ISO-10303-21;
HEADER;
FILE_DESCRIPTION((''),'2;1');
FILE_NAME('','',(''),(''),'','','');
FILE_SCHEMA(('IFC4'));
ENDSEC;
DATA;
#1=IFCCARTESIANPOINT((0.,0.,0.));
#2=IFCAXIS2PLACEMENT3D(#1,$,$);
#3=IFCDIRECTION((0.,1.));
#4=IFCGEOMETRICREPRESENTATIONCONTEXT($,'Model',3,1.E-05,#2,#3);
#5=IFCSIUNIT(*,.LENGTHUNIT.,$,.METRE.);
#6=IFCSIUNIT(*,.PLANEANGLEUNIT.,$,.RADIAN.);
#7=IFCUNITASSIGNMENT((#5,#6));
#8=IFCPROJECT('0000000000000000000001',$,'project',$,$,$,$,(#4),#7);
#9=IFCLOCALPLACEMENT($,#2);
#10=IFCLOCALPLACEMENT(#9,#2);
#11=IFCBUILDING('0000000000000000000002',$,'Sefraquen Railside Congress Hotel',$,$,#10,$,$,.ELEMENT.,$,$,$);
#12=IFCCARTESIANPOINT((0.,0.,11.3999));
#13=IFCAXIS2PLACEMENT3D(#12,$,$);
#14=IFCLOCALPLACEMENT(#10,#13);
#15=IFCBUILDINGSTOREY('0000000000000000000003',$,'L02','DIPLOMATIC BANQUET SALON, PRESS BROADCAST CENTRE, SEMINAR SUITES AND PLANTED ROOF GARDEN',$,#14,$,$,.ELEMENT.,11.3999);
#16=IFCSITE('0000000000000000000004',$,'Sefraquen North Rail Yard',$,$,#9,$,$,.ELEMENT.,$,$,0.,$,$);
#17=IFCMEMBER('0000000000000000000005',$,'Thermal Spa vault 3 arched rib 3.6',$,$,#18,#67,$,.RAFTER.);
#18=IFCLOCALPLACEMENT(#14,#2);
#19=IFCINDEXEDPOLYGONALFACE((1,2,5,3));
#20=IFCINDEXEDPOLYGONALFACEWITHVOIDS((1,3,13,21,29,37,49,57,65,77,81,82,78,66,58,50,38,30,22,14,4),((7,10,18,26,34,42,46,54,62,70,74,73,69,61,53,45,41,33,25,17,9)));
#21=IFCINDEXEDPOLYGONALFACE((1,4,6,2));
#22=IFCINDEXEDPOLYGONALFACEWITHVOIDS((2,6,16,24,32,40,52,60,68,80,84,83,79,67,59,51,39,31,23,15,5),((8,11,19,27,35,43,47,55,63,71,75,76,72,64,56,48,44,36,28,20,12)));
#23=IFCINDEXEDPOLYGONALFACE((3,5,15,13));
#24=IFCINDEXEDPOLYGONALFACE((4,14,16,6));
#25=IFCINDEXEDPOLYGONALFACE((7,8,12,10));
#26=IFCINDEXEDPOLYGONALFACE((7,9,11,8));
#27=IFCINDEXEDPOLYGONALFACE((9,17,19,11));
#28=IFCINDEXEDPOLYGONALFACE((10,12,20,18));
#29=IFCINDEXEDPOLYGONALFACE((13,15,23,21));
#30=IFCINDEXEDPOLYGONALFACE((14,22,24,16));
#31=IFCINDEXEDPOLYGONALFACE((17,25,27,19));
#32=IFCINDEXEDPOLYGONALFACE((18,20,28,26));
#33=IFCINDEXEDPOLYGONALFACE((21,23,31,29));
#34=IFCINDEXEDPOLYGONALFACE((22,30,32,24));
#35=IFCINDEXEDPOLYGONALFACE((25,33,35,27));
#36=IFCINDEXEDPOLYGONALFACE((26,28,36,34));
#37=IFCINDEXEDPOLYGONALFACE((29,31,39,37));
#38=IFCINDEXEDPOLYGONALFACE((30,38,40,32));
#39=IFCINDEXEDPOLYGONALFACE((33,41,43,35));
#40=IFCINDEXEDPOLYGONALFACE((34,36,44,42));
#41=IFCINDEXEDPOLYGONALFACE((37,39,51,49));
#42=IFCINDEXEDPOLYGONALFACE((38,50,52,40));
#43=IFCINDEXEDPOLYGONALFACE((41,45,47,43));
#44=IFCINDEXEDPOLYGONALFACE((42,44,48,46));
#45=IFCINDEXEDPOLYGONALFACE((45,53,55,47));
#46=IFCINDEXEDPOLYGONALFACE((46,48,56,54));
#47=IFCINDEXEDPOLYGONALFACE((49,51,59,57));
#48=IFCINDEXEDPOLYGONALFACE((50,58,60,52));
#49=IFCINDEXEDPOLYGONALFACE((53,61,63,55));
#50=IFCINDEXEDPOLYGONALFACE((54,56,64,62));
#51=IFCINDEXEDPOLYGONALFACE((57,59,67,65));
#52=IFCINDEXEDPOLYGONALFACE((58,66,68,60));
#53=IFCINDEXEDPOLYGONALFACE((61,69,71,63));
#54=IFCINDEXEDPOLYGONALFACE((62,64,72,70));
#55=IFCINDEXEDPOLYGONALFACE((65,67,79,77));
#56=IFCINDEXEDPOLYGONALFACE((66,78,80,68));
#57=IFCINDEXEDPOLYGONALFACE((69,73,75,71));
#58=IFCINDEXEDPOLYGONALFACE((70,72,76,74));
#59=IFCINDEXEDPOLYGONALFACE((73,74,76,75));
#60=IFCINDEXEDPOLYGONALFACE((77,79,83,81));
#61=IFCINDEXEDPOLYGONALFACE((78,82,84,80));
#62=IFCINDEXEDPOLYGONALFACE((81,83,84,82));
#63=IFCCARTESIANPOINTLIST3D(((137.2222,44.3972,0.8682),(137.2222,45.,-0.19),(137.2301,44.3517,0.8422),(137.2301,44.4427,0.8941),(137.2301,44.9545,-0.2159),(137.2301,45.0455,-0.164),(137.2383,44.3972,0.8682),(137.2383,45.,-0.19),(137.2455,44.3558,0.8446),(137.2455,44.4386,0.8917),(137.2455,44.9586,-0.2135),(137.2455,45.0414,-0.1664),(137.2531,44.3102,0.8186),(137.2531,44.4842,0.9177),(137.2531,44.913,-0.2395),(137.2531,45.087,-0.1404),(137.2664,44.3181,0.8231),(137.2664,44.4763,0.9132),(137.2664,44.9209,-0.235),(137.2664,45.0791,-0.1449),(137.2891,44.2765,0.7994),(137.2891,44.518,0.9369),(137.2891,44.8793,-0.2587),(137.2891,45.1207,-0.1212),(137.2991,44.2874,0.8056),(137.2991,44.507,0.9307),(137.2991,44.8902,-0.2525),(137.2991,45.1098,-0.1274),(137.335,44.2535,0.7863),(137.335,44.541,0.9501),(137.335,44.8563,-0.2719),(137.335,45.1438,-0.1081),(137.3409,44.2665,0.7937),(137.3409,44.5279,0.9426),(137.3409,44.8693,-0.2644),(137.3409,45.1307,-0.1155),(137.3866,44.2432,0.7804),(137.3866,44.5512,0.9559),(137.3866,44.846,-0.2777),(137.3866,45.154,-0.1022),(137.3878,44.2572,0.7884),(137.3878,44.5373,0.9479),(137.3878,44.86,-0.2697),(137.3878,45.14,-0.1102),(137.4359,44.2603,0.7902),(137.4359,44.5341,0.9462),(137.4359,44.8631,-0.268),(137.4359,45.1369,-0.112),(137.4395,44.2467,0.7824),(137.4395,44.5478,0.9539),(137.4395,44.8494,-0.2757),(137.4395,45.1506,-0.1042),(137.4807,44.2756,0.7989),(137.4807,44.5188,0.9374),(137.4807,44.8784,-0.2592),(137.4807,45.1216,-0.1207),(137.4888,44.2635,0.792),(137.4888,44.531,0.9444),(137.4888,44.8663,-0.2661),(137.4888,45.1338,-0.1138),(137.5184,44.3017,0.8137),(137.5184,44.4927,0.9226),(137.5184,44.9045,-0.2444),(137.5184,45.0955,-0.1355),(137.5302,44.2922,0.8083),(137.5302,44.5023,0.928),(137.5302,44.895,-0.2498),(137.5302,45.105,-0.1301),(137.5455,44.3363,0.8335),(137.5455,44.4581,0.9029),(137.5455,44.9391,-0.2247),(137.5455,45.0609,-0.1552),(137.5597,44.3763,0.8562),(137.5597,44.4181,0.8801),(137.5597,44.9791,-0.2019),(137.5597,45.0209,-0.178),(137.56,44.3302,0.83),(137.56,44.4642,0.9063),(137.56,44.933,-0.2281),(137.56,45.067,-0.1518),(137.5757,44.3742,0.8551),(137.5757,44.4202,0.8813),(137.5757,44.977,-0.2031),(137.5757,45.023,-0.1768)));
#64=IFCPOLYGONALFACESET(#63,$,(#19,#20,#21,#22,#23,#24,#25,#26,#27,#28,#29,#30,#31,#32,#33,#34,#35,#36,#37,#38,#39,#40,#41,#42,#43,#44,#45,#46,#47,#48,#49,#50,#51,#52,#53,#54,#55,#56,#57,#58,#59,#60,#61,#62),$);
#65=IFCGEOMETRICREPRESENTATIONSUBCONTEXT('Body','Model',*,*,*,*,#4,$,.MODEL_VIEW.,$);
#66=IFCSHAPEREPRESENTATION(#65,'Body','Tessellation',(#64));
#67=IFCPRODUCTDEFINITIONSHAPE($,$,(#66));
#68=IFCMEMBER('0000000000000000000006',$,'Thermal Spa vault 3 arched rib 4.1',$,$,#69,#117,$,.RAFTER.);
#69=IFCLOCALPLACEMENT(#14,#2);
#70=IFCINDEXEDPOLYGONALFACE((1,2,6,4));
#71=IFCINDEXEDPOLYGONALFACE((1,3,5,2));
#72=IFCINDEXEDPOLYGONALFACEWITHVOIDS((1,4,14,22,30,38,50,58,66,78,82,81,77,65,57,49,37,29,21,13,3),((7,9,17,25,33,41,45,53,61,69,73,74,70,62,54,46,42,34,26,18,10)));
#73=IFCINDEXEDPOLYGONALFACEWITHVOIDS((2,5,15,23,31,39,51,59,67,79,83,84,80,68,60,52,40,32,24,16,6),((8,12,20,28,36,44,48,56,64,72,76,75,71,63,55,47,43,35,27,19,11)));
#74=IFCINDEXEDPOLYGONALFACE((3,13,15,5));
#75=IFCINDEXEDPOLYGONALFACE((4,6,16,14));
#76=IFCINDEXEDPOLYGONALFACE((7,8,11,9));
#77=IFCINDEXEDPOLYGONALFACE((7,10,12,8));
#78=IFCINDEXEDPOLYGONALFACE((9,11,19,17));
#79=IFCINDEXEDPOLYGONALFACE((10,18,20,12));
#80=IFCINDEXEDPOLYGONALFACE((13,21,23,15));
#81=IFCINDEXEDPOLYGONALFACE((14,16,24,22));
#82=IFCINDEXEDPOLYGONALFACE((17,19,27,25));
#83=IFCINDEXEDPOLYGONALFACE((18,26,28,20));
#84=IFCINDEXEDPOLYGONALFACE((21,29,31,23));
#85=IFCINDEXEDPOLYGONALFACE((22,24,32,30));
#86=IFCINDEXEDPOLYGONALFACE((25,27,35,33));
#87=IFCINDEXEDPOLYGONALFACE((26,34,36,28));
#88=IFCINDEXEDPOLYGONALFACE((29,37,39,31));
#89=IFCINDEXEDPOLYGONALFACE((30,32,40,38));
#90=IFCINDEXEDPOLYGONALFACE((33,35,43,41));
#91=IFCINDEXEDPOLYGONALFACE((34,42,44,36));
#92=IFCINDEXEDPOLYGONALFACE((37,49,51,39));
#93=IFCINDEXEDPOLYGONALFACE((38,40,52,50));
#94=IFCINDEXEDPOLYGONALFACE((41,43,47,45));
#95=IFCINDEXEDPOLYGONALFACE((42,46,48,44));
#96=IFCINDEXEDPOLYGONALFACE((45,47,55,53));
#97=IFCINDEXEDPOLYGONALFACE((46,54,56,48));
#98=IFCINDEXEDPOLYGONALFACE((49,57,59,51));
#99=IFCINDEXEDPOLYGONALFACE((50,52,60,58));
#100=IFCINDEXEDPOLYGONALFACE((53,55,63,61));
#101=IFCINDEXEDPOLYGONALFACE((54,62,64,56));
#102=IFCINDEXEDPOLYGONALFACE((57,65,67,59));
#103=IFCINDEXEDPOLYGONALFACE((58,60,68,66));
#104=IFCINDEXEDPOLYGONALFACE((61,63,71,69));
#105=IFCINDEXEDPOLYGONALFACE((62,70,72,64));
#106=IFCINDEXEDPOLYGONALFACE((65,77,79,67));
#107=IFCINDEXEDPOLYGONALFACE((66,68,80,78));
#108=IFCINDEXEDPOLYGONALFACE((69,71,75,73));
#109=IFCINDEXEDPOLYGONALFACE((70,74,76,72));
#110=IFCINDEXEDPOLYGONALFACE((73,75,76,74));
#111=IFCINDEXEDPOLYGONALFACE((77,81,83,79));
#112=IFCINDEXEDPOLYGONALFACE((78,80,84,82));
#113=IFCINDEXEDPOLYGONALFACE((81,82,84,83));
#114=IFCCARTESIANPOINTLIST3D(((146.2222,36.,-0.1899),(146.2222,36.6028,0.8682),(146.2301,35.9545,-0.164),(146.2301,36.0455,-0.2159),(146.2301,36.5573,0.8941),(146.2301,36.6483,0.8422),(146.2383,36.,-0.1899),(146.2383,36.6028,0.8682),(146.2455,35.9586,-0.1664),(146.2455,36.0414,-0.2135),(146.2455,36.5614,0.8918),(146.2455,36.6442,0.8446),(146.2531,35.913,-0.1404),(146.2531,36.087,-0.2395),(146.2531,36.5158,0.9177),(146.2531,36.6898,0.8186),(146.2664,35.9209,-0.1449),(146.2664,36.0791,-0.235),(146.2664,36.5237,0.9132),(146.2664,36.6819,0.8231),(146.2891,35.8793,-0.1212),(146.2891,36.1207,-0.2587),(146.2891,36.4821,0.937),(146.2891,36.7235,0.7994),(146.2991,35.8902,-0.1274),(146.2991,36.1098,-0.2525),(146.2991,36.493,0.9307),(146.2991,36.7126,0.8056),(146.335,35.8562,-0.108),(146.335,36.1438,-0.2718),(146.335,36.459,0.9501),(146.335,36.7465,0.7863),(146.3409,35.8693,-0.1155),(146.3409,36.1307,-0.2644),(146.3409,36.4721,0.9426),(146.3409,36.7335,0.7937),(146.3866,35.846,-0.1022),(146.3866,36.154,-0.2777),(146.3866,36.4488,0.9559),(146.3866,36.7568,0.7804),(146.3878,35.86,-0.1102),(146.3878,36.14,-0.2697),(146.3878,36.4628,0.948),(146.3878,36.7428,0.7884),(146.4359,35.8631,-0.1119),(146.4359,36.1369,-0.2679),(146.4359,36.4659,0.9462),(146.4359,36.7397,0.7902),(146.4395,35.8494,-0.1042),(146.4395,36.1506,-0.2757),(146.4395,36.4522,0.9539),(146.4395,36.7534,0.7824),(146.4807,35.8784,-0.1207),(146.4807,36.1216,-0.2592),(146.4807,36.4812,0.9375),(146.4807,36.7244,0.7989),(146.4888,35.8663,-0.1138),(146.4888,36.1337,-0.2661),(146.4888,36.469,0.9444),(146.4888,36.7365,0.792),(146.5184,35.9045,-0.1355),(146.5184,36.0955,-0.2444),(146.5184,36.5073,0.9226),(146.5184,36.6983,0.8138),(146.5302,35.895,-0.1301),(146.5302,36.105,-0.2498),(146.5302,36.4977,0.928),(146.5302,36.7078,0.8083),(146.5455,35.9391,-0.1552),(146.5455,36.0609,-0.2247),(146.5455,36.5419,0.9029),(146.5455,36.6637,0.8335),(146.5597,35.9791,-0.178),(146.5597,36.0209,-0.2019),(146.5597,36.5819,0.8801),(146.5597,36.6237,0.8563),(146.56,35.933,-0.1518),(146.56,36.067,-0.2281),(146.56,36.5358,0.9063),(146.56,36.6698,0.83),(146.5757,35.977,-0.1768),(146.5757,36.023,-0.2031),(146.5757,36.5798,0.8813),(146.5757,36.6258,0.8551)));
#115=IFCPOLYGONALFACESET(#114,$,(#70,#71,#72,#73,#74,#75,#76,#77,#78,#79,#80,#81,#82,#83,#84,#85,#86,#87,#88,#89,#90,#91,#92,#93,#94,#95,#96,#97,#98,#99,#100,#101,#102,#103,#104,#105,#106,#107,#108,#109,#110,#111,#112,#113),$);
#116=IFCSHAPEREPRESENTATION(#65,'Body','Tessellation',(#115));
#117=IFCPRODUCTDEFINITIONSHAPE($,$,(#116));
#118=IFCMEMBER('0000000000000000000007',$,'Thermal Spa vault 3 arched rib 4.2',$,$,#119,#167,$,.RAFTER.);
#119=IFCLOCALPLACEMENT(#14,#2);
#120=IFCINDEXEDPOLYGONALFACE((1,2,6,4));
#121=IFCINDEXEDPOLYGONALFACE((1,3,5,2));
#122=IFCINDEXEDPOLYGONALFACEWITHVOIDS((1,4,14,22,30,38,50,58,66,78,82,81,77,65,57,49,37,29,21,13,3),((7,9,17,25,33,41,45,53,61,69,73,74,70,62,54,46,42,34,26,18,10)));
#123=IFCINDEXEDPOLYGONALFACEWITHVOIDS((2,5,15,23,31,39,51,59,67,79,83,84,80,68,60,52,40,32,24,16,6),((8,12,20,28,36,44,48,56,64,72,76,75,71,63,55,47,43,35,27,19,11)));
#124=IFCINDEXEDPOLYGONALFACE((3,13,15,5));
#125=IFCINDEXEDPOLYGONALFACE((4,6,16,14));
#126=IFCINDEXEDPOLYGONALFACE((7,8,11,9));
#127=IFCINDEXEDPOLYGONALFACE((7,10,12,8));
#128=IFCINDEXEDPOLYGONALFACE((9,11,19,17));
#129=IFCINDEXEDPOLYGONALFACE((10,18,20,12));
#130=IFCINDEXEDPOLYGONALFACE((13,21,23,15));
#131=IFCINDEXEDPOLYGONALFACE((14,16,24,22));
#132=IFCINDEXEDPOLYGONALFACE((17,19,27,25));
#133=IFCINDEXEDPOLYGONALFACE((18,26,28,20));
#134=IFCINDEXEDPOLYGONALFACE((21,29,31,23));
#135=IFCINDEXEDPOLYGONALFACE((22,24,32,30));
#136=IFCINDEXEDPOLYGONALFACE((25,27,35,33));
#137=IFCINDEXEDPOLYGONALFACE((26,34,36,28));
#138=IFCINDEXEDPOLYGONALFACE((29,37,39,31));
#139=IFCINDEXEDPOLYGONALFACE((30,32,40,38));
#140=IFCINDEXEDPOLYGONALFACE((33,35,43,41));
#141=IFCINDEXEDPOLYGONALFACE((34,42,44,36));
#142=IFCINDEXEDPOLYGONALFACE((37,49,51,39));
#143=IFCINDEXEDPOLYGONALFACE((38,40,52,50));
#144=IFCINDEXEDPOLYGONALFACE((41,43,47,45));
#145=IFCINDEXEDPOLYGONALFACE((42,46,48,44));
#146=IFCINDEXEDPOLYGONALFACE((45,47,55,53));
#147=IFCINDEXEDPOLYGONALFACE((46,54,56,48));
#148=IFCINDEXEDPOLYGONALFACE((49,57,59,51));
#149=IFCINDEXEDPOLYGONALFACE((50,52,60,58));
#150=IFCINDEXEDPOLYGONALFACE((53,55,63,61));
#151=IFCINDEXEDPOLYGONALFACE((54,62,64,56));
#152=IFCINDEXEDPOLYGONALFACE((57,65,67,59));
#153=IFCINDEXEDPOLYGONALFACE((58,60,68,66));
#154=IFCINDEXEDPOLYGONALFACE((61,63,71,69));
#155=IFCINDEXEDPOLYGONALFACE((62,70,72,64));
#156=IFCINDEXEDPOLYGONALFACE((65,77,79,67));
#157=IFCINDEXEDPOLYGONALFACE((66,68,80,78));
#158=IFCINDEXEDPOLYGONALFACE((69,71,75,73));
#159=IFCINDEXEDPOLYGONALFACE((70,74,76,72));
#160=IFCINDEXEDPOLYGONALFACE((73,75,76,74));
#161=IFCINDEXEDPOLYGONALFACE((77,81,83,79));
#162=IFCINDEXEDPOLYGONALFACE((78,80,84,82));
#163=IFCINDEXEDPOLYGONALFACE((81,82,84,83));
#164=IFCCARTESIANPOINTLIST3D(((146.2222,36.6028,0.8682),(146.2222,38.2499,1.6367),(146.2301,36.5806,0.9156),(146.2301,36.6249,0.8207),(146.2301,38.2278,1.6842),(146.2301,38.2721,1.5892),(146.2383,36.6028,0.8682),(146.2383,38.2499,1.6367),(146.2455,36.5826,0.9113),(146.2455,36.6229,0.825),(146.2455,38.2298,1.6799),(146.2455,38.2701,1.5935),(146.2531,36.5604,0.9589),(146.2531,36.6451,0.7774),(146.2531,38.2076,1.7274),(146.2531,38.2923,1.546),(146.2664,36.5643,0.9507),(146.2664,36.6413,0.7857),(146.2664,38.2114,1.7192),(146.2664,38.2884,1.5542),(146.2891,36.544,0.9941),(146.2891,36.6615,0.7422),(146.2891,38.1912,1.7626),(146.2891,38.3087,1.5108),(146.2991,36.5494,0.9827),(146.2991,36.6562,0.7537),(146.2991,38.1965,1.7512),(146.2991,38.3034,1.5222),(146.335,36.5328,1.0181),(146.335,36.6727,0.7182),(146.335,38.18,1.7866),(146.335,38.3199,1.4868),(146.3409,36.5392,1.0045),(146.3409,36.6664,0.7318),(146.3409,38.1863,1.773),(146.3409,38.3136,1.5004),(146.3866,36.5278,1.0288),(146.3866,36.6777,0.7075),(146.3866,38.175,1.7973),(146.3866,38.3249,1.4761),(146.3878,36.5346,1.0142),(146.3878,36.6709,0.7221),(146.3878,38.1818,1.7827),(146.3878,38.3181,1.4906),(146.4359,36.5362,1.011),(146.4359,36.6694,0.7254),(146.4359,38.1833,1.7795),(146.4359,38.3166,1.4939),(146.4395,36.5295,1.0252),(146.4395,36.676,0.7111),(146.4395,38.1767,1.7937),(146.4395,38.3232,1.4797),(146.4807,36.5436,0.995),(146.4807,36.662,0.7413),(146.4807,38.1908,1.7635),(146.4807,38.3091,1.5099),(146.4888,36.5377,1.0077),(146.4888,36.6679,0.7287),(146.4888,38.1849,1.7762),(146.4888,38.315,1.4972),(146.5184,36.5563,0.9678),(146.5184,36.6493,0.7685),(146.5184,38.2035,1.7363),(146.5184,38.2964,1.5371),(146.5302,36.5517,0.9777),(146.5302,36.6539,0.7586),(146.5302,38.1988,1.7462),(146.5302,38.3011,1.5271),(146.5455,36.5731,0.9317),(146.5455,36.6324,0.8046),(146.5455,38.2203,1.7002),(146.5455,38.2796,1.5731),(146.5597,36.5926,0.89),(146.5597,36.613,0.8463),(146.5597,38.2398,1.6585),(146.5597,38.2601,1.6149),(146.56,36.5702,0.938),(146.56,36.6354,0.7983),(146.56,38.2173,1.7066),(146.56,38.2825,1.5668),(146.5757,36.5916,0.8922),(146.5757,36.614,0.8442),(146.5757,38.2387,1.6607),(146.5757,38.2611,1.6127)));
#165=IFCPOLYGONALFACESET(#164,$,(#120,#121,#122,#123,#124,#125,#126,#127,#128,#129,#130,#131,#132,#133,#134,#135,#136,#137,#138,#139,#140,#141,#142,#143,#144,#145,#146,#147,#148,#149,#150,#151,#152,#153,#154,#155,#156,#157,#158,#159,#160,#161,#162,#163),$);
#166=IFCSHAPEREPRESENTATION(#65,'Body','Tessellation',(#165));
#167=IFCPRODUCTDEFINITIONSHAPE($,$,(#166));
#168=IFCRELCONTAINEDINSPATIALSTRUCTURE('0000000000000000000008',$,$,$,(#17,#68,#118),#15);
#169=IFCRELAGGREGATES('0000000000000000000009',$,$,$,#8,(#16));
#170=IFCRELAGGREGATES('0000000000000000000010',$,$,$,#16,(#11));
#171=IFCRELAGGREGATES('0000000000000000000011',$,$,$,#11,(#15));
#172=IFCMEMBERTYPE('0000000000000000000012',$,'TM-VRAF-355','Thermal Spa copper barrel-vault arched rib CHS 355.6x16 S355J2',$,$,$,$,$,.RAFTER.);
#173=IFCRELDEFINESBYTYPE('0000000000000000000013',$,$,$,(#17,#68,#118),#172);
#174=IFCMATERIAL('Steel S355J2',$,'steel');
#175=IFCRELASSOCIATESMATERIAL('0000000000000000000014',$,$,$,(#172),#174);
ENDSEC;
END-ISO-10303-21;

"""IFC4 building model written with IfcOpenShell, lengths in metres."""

from ifc_helpers import new_model, si_unit, direction, frame, origin, origin_2d, place, context, subcontext, project, spatial, hollow_circle, extrude, material, material_profile, profile_set, type_object, element, save


model = new_model("IFC4")

# Units and contexts
model_context = context("Model", 3, precision=1e-05, world=origin(), true_north=direction((0.0, 1.0)))
body_context = subcontext(model_context, "Body", "Model", "MODEL_VIEW")
ifc_project = project(units=[si_unit("LENGTHUNIT", "METRE"), si_unit("PLANEANGLEUNIT", "RADIAN")], contexts=[model_context])

# Site, building, storey
site_placement = place(None, origin())
site = spatial("IfcSite", under=ifc_project, at=site_placement, Name="Sefraquen North Rail Yard", CompositionType="ELEMENT", RefElevation=0.0)
building_placement = place(site_placement, origin())
building = spatial("IfcBuilding", under=site, at=building_placement, Name="Sefraquen Railside Congress Hotel", CompositionType="ELEMENT")
storey_placement = place(building_placement, frame((0.0, 0.0, 11.3999)))
storey = spatial("IfcBuildingStorey", under=building, at=storey_placement, Name="L02", Description="DIPLOMATIC BANQUET SALON, PRESS BROADCAST CENTRE, SEMINAR SUITES AND PLANTED ROOF GARDEN", CompositionType="ELEMENT", Elevation=11.3999)

# Members
ifc_material_1 = material(Name="Steel S355J2", Category="steel")
ifc_material_profile_1 = material_profile(ifc_material_1, hollow_circle(Radius=0.1777, WallThickness=0.0161, at=origin_2d()), Name="CHS 355.6x16")
ifc_profile_set_1 = profile_set([ifc_material_profile_1], Name="Steel S355J2")
member_type = type_object("IfcMemberType", Name="TM-VRAF-355", Description="Thermal Spa copper barrel-vault arched rib CHS 355.6x16 S355J2", PredefinedType="RAFTER", material=ifc_profile_set_1)
for number, where, z_axis, x_axis, name in (
    (1, (137.3999, 44.3972, 0.8682), (0.0, 0.494994, -0.868896), (-1.0, 0.0, 0.0), "Thermal Spa vault 3 arched rib 3.6"),
    (2, (146.3999, 36.0, -0.1899), (0.0, 0.494994, 0.868896), (-1.0, 0.0, 0.0), "Thermal Spa vault 3 arched rib 4.1"),
):
    element("IfcMember", number, at=place(storey_placement, frame(where, z_axis=z_axis, x_axis=x_axis)), inside=storey, type_object=member_type, Name=name, PredefinedType="RAFTER", context=body_context, shape_type="SweptSolid", body=[
        extrude(hollow_circle(Radius=0.1777, WallThickness=0.0161, at=origin_2d()), origin(), (0.0, 0.0, 1.0), 1.2178),
    ])
member_1_placement = place(storey_placement, frame((146.3999, 36.6028, 0.8682), z_axis=(0.0, 0.906214, 0.422819), x_axis=(-1.0, 0.0, 0.0)))
element("IfcMember", 3, at=member_1_placement, inside=storey, type_object=member_type, Name="Thermal Spa vault 3 arched rib 4.2", PredefinedType="RAFTER", context=body_context, shape_type="SweptSolid", body=[
    extrude(hollow_circle(Radius=0.1777, WallThickness=0.0161, at=origin_2d()), origin(), (0.0, 0.0, 1.0), 1.8176),
])

save(model, "model.ifc")
